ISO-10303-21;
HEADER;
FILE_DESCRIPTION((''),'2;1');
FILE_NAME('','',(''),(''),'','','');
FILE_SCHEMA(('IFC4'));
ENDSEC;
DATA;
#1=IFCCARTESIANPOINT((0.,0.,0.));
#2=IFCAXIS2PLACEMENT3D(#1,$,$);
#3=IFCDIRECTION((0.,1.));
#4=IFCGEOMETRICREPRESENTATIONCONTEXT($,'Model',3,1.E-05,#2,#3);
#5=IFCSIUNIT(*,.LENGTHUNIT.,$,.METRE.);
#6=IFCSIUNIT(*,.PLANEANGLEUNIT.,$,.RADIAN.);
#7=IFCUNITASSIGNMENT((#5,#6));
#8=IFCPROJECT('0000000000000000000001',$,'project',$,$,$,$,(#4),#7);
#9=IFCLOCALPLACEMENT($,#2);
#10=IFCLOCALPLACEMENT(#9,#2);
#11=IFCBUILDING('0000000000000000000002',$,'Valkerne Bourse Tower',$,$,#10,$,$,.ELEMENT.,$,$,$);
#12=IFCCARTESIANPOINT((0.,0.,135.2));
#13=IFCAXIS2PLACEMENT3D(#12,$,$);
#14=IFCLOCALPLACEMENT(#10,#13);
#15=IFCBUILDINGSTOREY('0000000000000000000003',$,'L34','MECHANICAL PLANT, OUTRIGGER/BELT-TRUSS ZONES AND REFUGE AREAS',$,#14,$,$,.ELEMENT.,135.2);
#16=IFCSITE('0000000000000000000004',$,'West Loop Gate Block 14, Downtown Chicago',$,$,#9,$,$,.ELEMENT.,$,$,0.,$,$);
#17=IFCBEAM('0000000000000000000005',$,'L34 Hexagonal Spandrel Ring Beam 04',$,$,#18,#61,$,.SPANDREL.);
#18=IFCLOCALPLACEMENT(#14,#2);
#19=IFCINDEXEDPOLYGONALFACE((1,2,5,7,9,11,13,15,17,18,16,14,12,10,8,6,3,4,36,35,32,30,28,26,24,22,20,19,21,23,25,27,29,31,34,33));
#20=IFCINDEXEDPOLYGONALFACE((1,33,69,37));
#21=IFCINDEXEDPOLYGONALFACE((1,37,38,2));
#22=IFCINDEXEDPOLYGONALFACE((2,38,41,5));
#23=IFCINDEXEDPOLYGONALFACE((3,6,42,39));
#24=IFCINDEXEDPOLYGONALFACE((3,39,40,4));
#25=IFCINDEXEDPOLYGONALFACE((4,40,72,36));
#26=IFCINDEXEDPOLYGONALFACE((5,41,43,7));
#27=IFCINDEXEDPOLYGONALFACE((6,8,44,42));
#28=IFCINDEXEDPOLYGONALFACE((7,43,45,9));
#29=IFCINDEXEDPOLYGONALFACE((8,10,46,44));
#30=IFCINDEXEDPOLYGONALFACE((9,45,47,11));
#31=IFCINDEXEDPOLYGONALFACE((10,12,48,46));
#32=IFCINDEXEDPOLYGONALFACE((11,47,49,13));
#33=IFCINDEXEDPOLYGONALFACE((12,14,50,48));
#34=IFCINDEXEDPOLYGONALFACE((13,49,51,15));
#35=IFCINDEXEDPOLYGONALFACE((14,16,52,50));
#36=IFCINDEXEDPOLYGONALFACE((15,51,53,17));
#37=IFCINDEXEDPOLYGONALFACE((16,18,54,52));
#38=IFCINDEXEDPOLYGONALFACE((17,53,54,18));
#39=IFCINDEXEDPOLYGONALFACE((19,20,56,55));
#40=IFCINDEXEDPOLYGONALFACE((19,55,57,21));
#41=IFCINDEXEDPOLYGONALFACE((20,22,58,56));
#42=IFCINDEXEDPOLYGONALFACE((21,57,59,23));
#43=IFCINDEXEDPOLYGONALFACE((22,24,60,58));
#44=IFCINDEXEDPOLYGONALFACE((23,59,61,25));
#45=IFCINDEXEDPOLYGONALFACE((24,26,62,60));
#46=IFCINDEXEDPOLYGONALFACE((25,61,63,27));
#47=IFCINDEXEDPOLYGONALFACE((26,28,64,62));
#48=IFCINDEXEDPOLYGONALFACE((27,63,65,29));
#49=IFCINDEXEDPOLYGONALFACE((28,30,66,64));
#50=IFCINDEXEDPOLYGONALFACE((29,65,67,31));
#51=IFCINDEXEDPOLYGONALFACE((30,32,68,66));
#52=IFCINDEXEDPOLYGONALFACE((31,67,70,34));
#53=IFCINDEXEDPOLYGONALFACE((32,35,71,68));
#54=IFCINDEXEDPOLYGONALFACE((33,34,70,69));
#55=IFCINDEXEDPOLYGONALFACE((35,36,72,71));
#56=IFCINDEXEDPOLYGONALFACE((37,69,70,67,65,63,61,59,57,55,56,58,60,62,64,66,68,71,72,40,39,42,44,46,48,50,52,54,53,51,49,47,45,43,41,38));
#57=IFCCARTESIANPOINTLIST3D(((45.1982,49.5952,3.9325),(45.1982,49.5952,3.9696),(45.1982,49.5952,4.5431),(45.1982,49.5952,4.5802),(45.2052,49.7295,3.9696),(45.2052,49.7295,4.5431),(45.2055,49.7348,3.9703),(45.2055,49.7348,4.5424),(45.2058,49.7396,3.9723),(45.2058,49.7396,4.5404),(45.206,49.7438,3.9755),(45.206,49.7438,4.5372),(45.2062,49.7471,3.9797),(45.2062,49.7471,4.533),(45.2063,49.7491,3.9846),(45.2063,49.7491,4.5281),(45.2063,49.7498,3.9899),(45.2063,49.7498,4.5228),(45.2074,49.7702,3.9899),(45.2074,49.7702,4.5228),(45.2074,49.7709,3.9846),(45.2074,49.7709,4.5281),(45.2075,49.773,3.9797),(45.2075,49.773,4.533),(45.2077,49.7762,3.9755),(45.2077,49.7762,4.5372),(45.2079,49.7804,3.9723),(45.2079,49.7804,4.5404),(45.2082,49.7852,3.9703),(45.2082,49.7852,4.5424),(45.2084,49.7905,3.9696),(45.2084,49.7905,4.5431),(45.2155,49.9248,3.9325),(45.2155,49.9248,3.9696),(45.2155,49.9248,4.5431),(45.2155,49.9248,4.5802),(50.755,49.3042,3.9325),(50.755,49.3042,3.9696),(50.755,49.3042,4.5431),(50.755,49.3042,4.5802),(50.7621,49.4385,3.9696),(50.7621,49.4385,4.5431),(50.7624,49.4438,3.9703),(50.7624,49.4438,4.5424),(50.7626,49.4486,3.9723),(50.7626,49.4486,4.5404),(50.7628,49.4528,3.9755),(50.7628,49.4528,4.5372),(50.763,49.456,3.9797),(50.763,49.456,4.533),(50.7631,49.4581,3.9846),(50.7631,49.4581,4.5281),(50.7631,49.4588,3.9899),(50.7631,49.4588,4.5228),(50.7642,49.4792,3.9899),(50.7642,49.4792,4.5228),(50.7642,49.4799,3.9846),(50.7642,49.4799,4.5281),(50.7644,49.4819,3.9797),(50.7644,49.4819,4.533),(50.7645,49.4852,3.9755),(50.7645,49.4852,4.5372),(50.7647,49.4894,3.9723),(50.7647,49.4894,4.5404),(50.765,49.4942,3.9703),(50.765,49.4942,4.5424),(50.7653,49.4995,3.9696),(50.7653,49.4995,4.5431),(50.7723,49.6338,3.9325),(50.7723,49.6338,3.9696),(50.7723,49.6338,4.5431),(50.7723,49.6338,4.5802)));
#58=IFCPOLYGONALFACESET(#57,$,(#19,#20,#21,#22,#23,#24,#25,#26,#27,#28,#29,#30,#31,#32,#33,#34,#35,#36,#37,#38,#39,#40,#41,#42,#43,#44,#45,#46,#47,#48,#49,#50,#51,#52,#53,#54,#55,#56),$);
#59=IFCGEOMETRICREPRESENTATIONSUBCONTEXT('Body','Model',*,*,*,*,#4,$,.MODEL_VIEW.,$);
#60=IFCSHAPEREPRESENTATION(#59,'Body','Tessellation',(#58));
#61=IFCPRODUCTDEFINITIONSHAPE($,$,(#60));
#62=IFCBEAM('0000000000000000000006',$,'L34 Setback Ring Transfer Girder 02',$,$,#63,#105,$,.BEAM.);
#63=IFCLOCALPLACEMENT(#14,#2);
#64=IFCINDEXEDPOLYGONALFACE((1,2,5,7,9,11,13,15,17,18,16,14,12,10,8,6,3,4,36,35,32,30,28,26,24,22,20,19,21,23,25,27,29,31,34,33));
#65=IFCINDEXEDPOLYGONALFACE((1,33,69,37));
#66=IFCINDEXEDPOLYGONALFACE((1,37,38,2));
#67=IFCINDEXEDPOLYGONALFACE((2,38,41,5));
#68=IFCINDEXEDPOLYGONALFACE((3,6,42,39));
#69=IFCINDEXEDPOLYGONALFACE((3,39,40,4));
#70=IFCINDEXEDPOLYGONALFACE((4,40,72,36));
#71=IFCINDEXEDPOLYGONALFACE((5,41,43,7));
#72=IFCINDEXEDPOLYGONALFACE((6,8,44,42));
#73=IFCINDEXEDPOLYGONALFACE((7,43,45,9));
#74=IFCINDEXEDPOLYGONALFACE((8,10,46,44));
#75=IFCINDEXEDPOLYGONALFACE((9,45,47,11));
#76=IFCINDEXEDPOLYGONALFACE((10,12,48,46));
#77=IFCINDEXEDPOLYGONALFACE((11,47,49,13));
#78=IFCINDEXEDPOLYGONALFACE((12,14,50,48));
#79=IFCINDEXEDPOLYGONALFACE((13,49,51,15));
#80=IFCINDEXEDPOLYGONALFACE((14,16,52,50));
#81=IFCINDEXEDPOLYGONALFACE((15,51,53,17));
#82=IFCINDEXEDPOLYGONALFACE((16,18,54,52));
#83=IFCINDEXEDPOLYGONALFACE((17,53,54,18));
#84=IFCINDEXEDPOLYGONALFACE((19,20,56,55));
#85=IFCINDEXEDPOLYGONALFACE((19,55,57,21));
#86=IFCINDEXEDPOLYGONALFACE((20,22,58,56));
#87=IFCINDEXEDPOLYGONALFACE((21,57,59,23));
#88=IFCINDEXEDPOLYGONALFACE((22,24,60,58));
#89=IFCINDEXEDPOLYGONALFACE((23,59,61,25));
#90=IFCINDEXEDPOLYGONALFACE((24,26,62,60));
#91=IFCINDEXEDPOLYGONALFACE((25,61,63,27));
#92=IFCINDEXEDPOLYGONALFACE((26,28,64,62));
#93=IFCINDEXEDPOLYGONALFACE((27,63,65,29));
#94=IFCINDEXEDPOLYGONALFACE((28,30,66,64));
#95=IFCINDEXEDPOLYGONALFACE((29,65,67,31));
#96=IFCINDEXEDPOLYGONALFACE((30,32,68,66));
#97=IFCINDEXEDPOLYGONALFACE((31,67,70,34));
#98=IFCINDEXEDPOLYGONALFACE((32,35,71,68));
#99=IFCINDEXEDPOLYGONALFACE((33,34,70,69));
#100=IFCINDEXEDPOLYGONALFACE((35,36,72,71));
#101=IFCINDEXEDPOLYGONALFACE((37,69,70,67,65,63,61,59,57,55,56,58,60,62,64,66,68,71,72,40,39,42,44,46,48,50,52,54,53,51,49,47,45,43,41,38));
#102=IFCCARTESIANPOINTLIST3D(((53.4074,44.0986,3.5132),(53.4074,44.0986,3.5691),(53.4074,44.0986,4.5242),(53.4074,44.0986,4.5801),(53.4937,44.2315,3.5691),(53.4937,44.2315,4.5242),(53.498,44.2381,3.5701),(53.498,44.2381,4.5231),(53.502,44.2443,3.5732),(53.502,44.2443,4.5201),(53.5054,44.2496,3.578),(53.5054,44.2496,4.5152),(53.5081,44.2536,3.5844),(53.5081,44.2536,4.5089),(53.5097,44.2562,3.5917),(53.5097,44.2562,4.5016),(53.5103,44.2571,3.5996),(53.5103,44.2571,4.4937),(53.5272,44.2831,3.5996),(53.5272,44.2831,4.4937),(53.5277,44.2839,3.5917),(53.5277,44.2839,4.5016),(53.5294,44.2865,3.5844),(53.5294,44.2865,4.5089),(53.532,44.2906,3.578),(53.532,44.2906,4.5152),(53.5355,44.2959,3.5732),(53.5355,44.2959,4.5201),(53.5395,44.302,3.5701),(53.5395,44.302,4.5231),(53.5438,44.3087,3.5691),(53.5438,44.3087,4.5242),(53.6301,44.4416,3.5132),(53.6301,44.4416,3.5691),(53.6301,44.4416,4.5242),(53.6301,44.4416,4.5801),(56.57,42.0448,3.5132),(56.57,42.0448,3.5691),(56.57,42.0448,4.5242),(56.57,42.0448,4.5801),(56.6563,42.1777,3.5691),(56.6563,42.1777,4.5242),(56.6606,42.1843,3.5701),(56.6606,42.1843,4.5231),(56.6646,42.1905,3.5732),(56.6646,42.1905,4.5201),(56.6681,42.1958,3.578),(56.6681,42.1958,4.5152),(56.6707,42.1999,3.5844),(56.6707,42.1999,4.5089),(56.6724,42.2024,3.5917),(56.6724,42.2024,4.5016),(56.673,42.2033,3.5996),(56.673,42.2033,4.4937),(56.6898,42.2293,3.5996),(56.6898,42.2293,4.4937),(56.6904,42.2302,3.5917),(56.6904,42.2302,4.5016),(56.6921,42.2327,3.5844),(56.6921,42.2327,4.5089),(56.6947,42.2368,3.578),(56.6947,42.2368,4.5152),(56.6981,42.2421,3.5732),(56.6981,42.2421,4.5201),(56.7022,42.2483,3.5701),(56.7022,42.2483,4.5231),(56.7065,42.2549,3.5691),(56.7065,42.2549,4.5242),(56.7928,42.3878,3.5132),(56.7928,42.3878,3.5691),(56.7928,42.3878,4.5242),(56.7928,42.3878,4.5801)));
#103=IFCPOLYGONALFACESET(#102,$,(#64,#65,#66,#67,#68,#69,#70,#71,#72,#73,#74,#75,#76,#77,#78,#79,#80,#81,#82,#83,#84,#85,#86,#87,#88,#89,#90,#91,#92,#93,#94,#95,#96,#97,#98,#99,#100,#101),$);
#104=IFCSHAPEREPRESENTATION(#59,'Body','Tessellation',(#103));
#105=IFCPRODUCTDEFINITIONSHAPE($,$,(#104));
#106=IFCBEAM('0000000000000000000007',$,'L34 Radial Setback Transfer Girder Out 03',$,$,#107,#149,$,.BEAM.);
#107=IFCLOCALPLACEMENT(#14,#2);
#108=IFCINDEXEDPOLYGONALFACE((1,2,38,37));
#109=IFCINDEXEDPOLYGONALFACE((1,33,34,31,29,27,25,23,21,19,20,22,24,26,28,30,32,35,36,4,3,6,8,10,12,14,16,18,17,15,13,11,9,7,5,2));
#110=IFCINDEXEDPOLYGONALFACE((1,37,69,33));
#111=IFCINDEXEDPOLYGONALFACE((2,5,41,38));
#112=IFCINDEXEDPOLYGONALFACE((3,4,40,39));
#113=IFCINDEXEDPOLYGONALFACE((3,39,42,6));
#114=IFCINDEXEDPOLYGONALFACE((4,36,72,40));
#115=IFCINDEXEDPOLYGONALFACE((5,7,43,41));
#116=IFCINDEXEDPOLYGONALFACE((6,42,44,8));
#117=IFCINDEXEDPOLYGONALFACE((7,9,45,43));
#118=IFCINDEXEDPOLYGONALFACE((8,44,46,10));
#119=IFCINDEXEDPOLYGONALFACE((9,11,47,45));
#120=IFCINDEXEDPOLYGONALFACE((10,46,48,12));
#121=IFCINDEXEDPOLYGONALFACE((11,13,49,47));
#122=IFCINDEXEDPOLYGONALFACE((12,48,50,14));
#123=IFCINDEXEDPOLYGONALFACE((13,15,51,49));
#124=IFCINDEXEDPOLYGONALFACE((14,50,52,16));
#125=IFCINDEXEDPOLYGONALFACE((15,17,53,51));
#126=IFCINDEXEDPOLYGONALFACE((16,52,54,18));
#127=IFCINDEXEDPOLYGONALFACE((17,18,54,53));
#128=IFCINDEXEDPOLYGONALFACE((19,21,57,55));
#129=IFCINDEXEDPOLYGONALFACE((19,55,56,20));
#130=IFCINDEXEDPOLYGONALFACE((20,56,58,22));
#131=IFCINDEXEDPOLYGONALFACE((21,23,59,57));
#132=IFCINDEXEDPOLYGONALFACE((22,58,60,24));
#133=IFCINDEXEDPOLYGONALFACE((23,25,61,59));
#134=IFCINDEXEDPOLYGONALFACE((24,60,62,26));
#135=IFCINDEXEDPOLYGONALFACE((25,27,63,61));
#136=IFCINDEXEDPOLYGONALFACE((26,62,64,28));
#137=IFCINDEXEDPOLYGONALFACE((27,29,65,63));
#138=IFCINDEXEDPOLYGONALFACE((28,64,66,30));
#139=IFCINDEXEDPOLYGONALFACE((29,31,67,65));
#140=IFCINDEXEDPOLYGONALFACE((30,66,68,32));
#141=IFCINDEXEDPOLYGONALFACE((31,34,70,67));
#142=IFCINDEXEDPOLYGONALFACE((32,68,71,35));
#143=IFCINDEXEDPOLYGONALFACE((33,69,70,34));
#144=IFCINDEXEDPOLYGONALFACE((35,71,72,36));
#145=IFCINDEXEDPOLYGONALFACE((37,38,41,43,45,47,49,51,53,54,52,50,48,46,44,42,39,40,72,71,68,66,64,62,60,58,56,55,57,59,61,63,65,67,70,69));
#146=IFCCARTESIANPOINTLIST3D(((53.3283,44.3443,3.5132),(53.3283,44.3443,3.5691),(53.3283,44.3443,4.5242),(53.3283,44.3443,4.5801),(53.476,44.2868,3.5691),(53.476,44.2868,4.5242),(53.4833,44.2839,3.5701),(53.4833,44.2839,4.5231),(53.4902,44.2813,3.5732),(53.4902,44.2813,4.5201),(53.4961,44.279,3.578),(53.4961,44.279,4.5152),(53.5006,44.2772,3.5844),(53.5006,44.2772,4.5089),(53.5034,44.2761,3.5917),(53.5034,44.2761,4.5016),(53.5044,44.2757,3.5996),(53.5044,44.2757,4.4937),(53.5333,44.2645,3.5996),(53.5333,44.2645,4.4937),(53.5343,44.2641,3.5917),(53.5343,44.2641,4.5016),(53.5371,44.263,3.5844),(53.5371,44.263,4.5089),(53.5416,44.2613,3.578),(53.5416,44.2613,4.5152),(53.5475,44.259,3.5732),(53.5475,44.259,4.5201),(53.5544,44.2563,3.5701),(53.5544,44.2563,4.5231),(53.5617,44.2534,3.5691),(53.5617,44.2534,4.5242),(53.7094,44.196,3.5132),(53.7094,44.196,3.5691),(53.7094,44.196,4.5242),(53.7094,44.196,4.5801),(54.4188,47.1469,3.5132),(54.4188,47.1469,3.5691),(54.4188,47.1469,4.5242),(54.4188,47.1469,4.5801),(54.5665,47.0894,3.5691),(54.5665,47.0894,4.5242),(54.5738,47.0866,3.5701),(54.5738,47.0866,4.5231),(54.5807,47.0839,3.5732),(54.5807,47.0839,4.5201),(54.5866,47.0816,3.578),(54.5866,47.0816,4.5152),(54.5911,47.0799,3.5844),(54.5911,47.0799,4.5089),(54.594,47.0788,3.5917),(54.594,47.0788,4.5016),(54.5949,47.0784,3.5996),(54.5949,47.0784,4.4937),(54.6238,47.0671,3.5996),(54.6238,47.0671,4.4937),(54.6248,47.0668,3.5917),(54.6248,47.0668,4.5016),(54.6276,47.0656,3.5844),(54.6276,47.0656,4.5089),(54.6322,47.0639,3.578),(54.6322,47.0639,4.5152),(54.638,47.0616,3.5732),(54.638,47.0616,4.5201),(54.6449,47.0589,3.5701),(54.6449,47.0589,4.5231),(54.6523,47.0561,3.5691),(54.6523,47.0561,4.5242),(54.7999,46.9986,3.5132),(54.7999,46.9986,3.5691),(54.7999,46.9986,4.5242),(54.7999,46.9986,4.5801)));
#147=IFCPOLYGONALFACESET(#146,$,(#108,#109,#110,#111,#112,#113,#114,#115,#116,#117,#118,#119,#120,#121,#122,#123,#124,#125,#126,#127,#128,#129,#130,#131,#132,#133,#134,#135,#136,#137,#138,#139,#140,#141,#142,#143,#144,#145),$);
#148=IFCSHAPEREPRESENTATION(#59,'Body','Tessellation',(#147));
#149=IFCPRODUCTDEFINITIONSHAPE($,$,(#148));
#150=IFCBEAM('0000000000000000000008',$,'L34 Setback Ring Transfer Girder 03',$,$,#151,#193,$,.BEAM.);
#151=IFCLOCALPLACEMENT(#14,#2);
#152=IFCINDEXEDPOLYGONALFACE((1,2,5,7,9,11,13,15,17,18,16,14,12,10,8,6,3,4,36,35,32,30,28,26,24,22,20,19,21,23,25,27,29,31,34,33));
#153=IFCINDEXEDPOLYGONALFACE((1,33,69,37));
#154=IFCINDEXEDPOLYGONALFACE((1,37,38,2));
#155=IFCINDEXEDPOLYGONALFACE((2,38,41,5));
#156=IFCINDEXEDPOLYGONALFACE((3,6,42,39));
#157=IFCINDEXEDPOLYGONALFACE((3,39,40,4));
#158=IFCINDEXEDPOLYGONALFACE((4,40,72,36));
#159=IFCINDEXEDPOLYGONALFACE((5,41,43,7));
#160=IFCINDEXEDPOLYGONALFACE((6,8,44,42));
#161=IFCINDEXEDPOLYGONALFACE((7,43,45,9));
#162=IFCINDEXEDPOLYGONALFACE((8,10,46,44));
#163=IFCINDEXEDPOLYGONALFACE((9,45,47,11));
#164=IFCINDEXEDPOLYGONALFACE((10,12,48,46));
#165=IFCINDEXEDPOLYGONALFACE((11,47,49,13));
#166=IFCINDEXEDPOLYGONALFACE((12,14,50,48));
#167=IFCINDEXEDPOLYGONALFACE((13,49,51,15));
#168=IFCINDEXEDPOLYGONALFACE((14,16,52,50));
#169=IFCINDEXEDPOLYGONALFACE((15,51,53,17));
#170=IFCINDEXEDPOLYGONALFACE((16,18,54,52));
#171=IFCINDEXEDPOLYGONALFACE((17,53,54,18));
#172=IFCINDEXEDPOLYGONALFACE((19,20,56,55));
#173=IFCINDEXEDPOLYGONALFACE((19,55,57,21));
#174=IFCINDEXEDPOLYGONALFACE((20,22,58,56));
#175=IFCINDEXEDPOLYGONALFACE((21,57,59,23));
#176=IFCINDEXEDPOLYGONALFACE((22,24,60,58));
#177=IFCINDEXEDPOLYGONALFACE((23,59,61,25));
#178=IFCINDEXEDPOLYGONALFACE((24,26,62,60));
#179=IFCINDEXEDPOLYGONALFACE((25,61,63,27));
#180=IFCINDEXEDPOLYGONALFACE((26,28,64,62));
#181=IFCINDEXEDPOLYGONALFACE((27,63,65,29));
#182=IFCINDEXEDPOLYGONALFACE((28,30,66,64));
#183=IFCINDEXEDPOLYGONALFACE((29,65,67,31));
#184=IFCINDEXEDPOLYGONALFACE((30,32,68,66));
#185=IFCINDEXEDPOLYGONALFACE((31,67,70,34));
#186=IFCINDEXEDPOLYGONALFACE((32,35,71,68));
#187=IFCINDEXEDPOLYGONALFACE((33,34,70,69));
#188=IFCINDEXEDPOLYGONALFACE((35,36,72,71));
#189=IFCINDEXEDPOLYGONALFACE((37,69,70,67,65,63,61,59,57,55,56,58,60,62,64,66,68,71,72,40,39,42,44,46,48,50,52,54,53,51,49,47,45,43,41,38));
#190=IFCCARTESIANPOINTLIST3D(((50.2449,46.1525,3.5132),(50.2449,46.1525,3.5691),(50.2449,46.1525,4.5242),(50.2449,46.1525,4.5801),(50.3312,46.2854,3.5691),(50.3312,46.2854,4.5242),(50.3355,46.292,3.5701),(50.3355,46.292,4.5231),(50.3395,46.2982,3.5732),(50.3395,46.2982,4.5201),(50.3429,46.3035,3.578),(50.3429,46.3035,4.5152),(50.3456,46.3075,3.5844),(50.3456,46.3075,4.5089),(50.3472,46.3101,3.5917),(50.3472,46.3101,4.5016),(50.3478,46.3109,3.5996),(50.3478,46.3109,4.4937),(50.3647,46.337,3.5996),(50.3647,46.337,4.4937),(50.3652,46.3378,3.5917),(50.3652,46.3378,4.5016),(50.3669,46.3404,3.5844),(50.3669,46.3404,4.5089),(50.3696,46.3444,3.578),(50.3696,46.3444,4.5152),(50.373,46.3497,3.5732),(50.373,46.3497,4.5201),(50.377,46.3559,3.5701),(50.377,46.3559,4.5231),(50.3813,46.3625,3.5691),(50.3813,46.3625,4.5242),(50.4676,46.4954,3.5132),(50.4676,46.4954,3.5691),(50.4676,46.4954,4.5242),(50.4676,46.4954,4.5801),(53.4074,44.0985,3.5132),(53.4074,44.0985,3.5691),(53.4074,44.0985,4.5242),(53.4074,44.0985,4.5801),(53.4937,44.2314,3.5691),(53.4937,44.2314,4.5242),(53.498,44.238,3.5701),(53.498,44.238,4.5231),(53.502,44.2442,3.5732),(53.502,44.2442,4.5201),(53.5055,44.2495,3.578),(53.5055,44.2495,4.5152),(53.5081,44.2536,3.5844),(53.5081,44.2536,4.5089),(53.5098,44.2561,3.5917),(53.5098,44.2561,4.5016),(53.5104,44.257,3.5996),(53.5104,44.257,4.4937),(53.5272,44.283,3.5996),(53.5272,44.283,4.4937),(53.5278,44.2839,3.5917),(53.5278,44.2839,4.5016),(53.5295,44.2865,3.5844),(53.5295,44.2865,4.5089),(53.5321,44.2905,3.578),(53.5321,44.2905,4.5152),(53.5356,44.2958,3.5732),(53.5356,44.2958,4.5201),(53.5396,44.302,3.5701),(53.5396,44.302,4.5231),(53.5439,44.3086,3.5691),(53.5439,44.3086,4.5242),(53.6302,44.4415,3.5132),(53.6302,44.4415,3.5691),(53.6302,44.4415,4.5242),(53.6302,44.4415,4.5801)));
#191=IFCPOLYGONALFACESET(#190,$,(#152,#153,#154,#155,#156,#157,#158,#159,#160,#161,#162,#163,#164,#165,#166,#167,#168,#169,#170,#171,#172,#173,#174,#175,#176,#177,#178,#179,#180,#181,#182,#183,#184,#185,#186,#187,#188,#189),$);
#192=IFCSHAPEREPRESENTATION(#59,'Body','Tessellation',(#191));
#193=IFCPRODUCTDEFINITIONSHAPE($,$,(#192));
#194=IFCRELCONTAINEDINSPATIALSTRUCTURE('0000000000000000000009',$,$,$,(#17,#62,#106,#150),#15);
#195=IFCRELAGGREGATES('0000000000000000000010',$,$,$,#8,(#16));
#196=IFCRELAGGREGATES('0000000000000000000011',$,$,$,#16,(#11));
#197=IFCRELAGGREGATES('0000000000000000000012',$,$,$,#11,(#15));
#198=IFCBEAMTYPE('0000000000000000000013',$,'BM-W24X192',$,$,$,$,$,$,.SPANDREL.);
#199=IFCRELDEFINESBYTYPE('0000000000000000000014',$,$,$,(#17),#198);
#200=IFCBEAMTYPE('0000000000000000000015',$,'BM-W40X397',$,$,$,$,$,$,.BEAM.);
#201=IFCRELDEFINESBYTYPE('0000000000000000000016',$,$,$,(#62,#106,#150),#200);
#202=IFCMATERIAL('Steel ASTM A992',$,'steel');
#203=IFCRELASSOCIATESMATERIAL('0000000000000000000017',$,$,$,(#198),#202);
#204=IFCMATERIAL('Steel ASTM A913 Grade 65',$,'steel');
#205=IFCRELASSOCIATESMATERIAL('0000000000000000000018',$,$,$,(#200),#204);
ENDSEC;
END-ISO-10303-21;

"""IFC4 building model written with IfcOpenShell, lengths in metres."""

from ifc_helpers import new_model, si_unit, direction, frame, origin, origin_2d, place, context, subcontext, project, spatial, i_section, extrude, material, material_profile, profile_set, type_object, element, save


model = new_model("IFC4")

# Units and contexts
model_context = context("Model", 3, precision=1e-05, world=origin(), true_north=direction((0.0, 1.0)))
body_context = subcontext(model_context, "Body", "Model", "MODEL_VIEW")
ifc_project = project(units=[si_unit("LENGTHUNIT", "METRE"), si_unit("PLANEANGLEUNIT", "RADIAN")], contexts=[model_context])

# Site, building, storey
site_placement = place(None, origin())
site = spatial("IfcSite", under=ifc_project, at=site_placement, Name="West Loop Gate Block 14, Downtown Chicago", CompositionType="ELEMENT", RefElevation=0.0)
building_placement = place(site_placement, origin())
building = spatial("IfcBuilding", under=site, at=building_placement, Name="Valkerne Bourse Tower", CompositionType="ELEMENT")
storey_placement = place(building_placement, frame((0.0, 0.0, 135.2)))
storey = spatial("IfcBuildingStorey", under=building, at=storey_placement, Name="L34", Description="MECHANICAL PLANT, OUTRIGGER/BELT-TRUSS ZONES AND REFUGE AREAS", CompositionType="ELEMENT", Elevation=135.2)

# Shared definitions
ifc_material_1 = material(Name="Steel ASTM A913 Grade 65", Category="steel")

# Beams
ifc_material_2 = material(Name="Steel ASTM A992", Category="steel")
ifc_material_profile_1 = material_profile(ifc_material_2, i_section(OverallWidth=0.3301, OverallDepth=0.6477, WebThickness=0.0205, FlangeThickness=0.0371, FilletRadius=0.0203, at=origin_2d()), Name="W24X192")
ifc_profile_set_1 = profile_set([ifc_material_profile_1], Name="Steel ASTM A992")
beam_type_1 = type_object("IfcBeamType", Name="BM-W24X192", PredefinedType="SPANDREL", material=ifc_profile_set_1)
beam_1_placement = place(storey_placement, frame((50.7637, 49.469, 4.2563), z_axis=(-0.998631, 0.052299, 0.0), x_axis=(-0.052299, -0.998631, 0.0)))
element("IfcBeam", 1, at=beam_1_placement, inside=storey, type_object=beam_type_1, Name="L34 Hexagonal Spandrel Ring Beam 04", PredefinedType="SPANDREL", context=body_context, shape_type="SweptSolid", body=[
    extrude(i_section(OverallWidth=0.3301, OverallDepth=0.6477, WebThickness=0.0205, FlangeThickness=0.0371, FilletRadius=0.0203, at=origin_2d()), origin(), (0.0, 0.0, 1.0), 5.5645),
])
ifc_material_profile_2 = material_profile(ifc_material_1, i_section(OverallWidth=0.4089, OverallDepth=1.0669, WebThickness=0.031, FlangeThickness=0.0559, FilletRadius=0.0305, at=origin_2d()), Name="W40X397")
ifc_profile_set_2 = profile_set([ifc_material_profile_2], Name="Steel ASTM A913 Grade 65")
beam_type_2 = type_object("IfcBeamType", Name="BM-W40X397", PredefinedType="BEAM", material=ifc_profile_set_2)
beam_2_placement = place(storey_placement, frame((56.6814, 42.2163, 4.0466), z_axis=(-0.838683, 0.54462, 0.0), x_axis=(-0.54462, -0.838683, 0.0)))
element("IfcBeam", 2, at=beam_2_placement, inside=storey, type_object=beam_type_2, Name="L34 Setback Ring Transfer Girder 02", PredefinedType="BEAM", context=body_context, shape_type="SweptSolid", body=[
    extrude(i_section(OverallWidth=0.4089, OverallDepth=1.0669, WebThickness=0.031, FlangeThickness=0.0559, FilletRadius=0.0305, at=origin_2d()), origin(), (0.0, 0.0, 1.0), 3.771),
])
beam_3_placement = place(storey_placement, frame((54.6094, 47.0728, 4.0466), z_axis=(-0.362626, -0.931935, 0.0), x_axis=(0.931935, -0.362626, 0.0)))
element("IfcBeam", 3, at=beam_3_placement, inside=storey, type_object=beam_type_2, Name="L34 Radial Setback Transfer Girder Out 03", PredefinedType="BEAM", context=body_context, shape_type="SweptSolid", body=[
    extrude(i_section(OverallWidth=0.4089, OverallDepth=1.0669, WebThickness=0.031, FlangeThickness=0.0559, FilletRadius=0.0305, at=origin_2d()), origin(), (0.0, 0.0, 1.0), 3.0073),
])
beam_4_placement = place(storey_placement, frame((53.5188, 44.27, 4.0466), z_axis=(-0.838654, 0.544665, 0.0), x_axis=(-0.544665, -0.838654, 0.0)))
element("IfcBeam", 4, at=beam_4_placement, inside=storey, type_object=beam_type_2, Name="L34 Setback Ring Transfer Girder 03", PredefinedType="BEAM", context=body_context, shape_type="SweptSolid", body=[
    extrude(i_section(OverallWidth=0.4089, OverallDepth=1.0669, WebThickness=0.031, FlangeThickness=0.0559, FilletRadius=0.0305, at=origin_2d()), origin(), (0.0, 0.0, 1.0), 3.771),
])

save(model, "model.ifc")
